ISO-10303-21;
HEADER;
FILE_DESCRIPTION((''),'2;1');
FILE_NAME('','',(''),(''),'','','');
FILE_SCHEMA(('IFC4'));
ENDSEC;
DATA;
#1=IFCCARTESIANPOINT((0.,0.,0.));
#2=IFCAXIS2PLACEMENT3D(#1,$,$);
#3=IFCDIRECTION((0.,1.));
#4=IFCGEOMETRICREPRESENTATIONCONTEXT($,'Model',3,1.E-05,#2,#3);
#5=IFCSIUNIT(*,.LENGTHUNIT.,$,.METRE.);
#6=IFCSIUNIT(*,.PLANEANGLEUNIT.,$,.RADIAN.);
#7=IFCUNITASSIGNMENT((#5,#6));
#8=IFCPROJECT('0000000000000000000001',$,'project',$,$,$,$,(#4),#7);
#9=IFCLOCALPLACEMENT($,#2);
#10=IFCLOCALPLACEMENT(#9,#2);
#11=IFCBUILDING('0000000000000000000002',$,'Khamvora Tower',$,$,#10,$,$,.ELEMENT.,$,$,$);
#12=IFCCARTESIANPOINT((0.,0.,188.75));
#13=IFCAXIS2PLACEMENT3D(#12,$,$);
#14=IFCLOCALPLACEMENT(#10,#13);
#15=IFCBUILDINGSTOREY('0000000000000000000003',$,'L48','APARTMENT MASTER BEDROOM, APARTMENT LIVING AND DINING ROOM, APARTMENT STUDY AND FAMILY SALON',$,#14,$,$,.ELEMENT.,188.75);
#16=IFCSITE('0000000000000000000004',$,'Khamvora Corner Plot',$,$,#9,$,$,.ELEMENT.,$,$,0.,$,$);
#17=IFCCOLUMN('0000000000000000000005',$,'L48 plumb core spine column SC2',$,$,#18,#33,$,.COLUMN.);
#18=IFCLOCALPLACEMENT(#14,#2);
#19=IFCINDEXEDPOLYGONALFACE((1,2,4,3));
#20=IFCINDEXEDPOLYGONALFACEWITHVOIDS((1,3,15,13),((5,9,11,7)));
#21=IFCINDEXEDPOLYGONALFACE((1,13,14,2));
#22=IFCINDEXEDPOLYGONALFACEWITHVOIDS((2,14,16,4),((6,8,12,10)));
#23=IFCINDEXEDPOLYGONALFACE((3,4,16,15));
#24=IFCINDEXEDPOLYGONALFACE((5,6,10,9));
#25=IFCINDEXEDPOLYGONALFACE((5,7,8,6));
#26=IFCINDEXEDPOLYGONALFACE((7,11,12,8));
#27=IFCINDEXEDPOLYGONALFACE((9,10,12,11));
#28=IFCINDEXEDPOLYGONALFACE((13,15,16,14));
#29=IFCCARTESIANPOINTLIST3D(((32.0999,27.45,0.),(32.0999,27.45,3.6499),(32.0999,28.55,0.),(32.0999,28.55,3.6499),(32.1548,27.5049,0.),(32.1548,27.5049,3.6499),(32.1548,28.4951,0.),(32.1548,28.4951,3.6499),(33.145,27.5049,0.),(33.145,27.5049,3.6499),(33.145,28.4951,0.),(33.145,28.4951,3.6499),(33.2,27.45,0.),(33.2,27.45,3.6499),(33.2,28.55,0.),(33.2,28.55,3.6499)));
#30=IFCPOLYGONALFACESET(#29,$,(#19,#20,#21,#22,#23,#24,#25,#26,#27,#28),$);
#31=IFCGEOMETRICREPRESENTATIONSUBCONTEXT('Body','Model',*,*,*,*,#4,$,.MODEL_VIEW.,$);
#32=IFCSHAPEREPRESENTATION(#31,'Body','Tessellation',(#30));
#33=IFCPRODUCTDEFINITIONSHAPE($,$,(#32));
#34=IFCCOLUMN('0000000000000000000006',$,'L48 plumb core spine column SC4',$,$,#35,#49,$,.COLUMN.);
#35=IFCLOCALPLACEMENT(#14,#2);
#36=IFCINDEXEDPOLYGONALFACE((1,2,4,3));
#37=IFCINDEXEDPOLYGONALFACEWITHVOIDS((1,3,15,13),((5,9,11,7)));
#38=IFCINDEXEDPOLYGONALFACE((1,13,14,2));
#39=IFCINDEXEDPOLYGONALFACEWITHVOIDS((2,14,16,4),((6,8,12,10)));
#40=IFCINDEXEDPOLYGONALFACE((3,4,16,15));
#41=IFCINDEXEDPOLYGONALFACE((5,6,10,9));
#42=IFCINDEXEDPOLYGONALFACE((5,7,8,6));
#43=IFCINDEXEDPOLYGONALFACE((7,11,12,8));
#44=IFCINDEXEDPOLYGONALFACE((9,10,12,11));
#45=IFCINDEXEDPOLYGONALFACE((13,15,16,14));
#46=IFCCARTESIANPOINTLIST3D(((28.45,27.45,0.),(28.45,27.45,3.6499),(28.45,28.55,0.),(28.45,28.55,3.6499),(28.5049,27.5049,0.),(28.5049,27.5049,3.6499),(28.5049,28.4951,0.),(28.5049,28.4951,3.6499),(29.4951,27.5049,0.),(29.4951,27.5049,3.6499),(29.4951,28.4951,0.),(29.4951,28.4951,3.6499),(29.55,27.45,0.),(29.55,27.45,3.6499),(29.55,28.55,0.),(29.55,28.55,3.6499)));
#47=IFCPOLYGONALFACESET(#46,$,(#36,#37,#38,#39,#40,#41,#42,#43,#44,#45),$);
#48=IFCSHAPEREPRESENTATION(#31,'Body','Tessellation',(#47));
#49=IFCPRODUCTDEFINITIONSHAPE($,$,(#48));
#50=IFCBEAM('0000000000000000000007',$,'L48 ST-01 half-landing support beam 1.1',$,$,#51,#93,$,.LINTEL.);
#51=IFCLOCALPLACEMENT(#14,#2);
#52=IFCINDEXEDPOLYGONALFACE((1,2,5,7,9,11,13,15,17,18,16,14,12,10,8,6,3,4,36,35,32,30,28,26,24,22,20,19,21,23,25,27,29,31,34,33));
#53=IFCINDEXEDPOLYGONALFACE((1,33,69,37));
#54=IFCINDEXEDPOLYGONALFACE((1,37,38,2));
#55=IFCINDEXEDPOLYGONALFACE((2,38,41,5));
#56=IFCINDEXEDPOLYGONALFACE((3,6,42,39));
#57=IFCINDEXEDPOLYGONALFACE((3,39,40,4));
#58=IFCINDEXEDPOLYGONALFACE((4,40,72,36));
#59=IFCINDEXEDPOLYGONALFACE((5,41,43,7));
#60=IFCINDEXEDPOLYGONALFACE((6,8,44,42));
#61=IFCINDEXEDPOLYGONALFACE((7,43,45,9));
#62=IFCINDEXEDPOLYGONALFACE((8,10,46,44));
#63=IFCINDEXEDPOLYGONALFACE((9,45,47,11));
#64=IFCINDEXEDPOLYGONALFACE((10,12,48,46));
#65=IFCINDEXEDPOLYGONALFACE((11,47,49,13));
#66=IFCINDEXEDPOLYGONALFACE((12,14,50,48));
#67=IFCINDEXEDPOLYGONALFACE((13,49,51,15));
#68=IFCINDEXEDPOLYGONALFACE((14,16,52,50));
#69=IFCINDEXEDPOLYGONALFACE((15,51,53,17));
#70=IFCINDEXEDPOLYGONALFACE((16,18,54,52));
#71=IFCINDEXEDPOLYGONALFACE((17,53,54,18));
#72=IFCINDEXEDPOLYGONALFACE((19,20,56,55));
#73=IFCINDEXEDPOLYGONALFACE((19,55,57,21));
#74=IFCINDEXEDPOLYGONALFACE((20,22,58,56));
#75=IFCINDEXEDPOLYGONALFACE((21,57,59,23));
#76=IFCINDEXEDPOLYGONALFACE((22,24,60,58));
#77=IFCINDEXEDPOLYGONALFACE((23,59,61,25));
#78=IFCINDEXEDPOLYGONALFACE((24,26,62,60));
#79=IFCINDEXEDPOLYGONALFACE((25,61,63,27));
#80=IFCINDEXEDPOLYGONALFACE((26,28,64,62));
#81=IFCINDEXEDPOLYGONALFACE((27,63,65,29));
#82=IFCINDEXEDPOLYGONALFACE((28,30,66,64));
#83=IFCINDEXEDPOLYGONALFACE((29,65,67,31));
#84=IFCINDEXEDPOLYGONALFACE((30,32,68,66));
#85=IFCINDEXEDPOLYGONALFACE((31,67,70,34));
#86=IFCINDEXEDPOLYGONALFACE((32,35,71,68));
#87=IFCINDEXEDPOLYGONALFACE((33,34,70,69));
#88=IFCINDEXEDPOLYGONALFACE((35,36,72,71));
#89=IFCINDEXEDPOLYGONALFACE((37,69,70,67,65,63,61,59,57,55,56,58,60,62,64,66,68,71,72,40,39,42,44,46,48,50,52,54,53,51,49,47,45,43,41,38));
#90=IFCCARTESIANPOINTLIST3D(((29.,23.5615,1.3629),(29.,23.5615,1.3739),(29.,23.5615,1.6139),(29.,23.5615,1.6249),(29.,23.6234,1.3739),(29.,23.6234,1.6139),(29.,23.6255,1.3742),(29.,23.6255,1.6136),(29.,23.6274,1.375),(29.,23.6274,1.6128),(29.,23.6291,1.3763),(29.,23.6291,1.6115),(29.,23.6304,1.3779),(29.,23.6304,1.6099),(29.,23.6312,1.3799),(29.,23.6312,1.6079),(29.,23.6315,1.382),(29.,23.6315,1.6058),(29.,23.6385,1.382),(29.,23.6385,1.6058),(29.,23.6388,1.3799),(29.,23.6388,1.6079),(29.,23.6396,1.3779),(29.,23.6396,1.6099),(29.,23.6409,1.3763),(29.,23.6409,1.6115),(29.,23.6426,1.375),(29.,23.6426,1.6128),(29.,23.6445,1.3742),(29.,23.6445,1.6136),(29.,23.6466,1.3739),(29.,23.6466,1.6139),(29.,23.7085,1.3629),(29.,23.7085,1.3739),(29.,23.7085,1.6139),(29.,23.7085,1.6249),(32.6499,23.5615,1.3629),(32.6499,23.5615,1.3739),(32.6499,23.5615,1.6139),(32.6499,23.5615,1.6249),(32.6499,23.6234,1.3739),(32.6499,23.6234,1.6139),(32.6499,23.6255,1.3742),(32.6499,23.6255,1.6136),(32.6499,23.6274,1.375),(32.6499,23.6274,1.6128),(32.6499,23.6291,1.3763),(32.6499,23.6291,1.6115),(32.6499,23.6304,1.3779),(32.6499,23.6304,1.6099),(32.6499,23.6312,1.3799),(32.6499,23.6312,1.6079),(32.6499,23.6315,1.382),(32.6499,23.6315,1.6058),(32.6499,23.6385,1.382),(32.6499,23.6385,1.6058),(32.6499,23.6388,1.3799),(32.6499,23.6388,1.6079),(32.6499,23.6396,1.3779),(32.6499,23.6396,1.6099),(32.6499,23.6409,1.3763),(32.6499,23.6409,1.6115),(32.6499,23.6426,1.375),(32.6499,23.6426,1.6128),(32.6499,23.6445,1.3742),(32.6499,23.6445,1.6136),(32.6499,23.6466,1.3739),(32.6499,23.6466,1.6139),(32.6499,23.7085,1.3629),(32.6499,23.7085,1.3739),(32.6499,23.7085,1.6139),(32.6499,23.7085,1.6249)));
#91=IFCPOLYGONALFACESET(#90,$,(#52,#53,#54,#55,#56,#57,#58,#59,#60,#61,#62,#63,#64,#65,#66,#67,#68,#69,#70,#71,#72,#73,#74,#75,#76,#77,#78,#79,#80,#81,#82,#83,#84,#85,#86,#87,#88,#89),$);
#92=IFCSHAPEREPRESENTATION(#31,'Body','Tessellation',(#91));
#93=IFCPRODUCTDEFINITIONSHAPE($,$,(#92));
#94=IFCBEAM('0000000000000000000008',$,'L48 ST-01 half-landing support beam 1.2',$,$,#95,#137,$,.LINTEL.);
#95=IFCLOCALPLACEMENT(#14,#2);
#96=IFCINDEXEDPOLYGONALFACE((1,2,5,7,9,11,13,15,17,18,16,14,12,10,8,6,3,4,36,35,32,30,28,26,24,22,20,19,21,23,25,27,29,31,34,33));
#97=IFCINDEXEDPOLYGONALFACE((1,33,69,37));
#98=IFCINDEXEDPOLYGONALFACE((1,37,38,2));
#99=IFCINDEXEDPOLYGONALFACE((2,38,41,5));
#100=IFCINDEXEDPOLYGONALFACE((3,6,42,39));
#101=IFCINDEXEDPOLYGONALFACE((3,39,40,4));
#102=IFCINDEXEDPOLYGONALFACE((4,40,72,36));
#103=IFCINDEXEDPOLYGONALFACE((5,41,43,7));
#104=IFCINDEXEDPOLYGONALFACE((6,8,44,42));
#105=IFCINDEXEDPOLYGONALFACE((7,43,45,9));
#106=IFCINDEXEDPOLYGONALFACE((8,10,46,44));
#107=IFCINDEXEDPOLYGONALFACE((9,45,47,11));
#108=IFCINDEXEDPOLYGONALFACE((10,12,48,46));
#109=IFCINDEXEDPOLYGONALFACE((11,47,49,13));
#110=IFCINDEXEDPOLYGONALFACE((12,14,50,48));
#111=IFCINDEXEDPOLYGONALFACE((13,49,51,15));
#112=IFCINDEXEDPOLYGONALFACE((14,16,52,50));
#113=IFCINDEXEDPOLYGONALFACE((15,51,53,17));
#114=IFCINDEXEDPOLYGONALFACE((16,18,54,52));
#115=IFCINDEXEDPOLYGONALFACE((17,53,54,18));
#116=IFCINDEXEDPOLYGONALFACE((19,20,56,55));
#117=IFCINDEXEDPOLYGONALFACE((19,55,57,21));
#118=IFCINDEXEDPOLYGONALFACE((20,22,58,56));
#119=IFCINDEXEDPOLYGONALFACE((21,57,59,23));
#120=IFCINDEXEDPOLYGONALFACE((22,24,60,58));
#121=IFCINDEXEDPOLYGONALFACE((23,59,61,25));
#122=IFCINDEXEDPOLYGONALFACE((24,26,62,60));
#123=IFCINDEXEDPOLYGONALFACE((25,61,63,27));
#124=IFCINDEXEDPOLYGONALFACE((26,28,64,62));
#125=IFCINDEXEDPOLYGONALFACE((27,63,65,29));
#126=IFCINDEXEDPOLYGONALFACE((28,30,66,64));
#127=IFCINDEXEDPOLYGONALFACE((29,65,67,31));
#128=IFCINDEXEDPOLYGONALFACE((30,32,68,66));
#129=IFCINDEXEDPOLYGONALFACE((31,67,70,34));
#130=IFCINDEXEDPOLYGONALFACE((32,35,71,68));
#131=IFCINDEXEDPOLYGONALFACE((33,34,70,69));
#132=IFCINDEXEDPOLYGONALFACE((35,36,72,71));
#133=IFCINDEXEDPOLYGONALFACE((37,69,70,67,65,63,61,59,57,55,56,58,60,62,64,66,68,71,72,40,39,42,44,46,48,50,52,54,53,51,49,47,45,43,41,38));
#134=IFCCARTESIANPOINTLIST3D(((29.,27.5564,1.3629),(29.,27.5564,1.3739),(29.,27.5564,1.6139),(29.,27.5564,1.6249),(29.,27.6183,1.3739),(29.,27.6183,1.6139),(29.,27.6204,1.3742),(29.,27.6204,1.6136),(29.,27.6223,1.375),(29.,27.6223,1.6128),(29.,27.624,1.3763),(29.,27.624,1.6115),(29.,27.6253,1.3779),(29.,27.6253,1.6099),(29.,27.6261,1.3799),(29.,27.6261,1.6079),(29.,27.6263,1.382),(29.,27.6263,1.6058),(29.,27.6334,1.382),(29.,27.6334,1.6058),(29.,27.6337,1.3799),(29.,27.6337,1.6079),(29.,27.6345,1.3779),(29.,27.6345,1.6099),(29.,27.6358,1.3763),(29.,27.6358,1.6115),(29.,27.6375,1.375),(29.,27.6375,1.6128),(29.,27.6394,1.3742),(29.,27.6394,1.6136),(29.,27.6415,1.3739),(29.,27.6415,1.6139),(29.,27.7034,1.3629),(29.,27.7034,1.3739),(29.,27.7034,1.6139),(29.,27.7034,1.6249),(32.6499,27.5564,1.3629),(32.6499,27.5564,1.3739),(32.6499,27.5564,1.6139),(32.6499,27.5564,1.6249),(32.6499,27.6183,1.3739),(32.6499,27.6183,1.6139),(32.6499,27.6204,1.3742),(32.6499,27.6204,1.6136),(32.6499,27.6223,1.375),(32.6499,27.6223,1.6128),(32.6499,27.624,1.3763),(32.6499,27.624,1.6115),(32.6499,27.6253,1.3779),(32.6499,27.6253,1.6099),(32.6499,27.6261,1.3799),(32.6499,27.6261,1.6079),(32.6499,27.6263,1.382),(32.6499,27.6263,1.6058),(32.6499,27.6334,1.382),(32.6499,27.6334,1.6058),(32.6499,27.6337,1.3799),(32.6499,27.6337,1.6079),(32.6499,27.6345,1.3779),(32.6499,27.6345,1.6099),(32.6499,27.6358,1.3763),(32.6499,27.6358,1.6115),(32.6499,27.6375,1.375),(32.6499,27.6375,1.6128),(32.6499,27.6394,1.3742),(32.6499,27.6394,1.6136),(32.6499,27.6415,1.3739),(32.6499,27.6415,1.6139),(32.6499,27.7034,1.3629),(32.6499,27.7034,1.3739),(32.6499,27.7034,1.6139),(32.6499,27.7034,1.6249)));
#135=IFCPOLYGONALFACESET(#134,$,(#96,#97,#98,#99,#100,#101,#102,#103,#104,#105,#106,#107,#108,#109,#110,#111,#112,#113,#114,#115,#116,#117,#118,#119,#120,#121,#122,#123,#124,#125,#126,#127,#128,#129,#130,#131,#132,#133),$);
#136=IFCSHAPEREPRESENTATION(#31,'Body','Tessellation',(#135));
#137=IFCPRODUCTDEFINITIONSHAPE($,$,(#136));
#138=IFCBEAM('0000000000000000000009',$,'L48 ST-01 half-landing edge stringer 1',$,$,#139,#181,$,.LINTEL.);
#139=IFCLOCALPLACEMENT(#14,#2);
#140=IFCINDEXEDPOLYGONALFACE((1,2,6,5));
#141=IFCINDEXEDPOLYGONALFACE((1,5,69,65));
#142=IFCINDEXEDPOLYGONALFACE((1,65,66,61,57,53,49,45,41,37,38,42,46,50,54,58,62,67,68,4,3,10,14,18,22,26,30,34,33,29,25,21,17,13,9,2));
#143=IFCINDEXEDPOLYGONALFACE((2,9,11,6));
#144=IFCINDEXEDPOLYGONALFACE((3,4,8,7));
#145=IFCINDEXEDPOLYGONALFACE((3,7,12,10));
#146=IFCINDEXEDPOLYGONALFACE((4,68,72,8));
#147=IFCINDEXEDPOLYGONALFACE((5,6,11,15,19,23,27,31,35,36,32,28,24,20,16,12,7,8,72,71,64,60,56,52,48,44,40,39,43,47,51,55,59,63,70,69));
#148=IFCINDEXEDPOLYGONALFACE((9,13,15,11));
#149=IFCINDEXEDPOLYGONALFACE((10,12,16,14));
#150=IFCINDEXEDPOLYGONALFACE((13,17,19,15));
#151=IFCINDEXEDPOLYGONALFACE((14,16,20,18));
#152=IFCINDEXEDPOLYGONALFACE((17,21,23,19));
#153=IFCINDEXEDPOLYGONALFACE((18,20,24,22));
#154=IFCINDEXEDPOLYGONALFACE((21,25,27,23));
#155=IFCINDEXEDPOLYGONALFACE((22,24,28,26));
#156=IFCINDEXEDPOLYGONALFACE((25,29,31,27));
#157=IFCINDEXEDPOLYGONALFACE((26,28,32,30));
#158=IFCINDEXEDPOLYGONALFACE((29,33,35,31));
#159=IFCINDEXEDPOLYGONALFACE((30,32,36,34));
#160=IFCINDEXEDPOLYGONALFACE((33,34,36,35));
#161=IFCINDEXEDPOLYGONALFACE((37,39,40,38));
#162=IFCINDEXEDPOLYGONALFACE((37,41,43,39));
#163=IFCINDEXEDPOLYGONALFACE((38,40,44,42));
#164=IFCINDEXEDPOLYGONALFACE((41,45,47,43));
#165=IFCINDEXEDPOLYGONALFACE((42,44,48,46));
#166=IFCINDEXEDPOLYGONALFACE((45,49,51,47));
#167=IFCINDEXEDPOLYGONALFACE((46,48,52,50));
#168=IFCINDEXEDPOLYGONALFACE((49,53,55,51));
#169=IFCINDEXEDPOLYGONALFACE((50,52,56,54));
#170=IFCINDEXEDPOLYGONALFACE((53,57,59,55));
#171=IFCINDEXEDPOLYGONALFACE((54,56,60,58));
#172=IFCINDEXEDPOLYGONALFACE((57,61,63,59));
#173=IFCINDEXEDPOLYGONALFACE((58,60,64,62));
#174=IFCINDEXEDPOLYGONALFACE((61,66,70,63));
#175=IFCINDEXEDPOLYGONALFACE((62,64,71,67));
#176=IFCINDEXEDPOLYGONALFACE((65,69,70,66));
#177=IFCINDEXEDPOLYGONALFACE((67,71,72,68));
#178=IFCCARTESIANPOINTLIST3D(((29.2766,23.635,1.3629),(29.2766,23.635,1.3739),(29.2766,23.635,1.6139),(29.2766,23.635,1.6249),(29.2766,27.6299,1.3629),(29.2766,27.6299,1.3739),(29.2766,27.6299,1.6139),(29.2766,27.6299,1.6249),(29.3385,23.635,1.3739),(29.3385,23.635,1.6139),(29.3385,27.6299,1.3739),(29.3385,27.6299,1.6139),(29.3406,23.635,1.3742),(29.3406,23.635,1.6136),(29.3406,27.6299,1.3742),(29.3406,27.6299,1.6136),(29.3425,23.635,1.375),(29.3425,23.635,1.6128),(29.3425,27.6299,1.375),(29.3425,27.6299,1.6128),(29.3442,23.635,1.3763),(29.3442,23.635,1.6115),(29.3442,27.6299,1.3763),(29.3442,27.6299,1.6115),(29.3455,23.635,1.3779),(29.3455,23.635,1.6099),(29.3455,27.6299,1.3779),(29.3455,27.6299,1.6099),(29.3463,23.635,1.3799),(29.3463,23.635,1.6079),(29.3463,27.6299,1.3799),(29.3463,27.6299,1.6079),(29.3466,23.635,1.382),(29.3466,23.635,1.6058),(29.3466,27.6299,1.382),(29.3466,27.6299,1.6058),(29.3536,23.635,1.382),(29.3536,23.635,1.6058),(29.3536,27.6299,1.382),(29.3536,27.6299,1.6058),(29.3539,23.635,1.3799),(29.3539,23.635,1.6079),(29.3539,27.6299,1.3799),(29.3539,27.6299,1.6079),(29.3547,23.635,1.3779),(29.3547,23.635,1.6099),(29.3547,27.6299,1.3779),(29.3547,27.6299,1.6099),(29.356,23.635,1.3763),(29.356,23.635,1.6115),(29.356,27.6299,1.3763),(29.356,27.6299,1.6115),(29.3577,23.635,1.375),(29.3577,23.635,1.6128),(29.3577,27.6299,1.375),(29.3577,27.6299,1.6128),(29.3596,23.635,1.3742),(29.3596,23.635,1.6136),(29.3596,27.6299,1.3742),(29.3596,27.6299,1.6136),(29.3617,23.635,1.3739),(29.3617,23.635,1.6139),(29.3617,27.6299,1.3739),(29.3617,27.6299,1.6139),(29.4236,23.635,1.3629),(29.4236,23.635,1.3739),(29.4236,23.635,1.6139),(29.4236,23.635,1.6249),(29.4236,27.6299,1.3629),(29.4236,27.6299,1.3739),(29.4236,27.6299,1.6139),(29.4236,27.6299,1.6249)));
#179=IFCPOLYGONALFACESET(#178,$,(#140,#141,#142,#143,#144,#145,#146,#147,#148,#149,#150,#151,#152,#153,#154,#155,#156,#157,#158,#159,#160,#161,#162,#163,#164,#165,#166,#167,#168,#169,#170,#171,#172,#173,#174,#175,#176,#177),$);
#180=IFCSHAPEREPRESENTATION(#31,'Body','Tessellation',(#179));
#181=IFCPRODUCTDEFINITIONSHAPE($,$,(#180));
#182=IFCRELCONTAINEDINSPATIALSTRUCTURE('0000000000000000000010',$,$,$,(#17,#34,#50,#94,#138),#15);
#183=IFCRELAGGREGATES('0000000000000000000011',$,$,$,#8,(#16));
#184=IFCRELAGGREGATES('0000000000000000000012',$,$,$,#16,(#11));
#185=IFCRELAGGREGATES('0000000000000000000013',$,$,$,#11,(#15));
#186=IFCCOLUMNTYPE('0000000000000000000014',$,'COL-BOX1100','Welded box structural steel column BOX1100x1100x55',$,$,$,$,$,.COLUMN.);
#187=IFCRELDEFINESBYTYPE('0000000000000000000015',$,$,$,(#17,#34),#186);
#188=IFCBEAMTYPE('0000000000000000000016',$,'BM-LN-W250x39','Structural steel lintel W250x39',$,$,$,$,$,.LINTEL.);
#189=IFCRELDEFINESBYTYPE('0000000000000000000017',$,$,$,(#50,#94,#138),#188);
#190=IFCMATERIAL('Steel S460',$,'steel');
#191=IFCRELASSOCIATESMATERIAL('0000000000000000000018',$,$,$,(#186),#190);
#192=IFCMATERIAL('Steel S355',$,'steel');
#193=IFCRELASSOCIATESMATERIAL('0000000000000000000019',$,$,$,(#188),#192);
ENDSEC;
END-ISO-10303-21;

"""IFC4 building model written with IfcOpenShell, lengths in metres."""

from ifc_helpers import new_model, si_unit, direction, frame, origin, origin_2d, place, context, subcontext, project, spatial, hollow_rectangle, i_section, extrude, material, material_profile, profile_set, type_object, element, save


model = new_model("IFC4")

# Units and contexts
model_context = context("Model", 3, precision=1e-05, world=origin(), true_north=direction((0.0, 1.0)))
body_context = subcontext(model_context, "Body", "Model", "MODEL_VIEW")
ifc_project = project(units=[si_unit("LENGTHUNIT", "METRE"), si_unit("PLANEANGLEUNIT", "RADIAN")], contexts=[model_context])

# Site, building, storey
site_placement = place(None, origin())
site = spatial("IfcSite", under=ifc_project, at=site_placement, Name="Khamvora Corner Plot", CompositionType="ELEMENT", RefElevation=0.0)
building_placement = place(site_placement, origin())
building = spatial("IfcBuilding", under=site, at=building_placement, Name="Khamvora Tower", CompositionType="ELEMENT")
storey_placement = place(building_placement, frame((0.0, 0.0, 188.75)))
storey = spatial("IfcBuildingStorey", under=building, at=storey_placement, Name="L48", Description="APARTMENT MASTER BEDROOM, APARTMENT LIVING AND DINING ROOM, APARTMENT STUDY AND FAMILY SALON", CompositionType="ELEMENT", Elevation=188.75)

# Columns
ifc_material_1 = material(Name="Steel S460", Category="steel")
ifc_material_profile_1 = material_profile(ifc_material_1, hollow_rectangle(XDim=1.1001, YDim=1.1001, WallThickness=0.0549, at=origin_2d()), Name="BOX1100x1100x55")
ifc_profile_set_1 = profile_set([ifc_material_profile_1], Name="Steel S460")
column_type = type_object("IfcColumnType", Name="COL-BOX1100", Description="Welded box structural steel column BOX1100x1100x55", PredefinedType="COLUMN", material=ifc_profile_set_1)
for number, where, z_axis, x_axis, name in (
    (1, (32.6499, 28.0, 0.0), (0.0, 0.0, 1.0), (1.0, 0.0, 0.0), "L48 plumb core spine column SC2"),
    (2, (29.0, 28.0, 0.0), (0.0, 0.0, 1.0), (1.0, 0.0, 0.0), "L48 plumb core spine column SC4"),
):
    element("IfcColumn", number, at=place(storey_placement, frame(where, z_axis=z_axis, x_axis=x_axis)), inside=storey, type_object=column_type, Name=name, PredefinedType="COLUMN", context=body_context, shape_type="SweptSolid", body=[
        extrude(hollow_rectangle(XDim=1.1001, YDim=1.1001, WallThickness=0.0549, at=origin_2d()), origin(), (0.0, 0.0, 1.0), 3.6499),
    ])

# Beams
ifc_material_2 = material(Name="Steel S355", Category="steel")
ifc_material_profile_2 = material_profile(ifc_material_2, i_section(OverallWidth=0.147, OverallDepth=0.262, WebThickness=0.0071, FlangeThickness=0.011, FilletRadius=0.0081, at=origin_2d()), Name="W250x39")
ifc_profile_set_2 = profile_set([ifc_material_profile_2], Name="Steel S355")
beam_type_1 = type_object("IfcBeamType", Name="BM-LN-W250x39", Description="Structural steel lintel W250x39", PredefinedType="LINTEL", material=ifc_profile_set_2)
for number, where, z_axis, x_axis, name in (
    (3, (29.0, 23.635, 1.4939), (1.0, 0.0, 0.0), (0.0, 1.0, 0.0), "L48 ST-01 half-landing support beam 1.1"),
    (4, (29.0, 27.6299, 1.4939), (1.0, 0.0, 0.0), (0.0, 1.0, 0.0), "L48 ST-01 half-landing support beam 1.2"),
):
    element("IfcBeam", number, at=place(storey_placement, frame(where, z_axis=z_axis, x_axis=x_axis)), inside=storey, type_object=beam_type_1, Name=name, PredefinedType="LINTEL", context=body_context, shape_type="SweptSolid", body=[
        extrude(i_section(OverallWidth=0.147, OverallDepth=0.262, WebThickness=0.0071, FlangeThickness=0.011, FilletRadius=0.0081, at=origin_2d()), origin(), (0.0, 0.0, 1.0), 3.6499),
    ])
beam_1_placement = place(storey_placement, frame((29.3501, 23.635, 1.4939), z_axis=(0.0, 1.0, 0.0), x_axis=(-1.0, 0.0, 0.0)))
element("IfcBeam", 5, at=beam_1_placement, inside=storey, type_object=beam_type_1, Name="L48 ST-01 half-landing edge stringer 1", PredefinedType="LINTEL", context=body_context, shape_type="SweptSolid", body=[
    extrude(i_section(OverallWidth=0.147, OverallDepth=0.262, WebThickness=0.0071, FlangeThickness=0.011, FilletRadius=0.0081, at=origin_2d()), origin(), (0.0, 0.0, 1.0), 3.9949),
])

save(model, "model.ifc")
